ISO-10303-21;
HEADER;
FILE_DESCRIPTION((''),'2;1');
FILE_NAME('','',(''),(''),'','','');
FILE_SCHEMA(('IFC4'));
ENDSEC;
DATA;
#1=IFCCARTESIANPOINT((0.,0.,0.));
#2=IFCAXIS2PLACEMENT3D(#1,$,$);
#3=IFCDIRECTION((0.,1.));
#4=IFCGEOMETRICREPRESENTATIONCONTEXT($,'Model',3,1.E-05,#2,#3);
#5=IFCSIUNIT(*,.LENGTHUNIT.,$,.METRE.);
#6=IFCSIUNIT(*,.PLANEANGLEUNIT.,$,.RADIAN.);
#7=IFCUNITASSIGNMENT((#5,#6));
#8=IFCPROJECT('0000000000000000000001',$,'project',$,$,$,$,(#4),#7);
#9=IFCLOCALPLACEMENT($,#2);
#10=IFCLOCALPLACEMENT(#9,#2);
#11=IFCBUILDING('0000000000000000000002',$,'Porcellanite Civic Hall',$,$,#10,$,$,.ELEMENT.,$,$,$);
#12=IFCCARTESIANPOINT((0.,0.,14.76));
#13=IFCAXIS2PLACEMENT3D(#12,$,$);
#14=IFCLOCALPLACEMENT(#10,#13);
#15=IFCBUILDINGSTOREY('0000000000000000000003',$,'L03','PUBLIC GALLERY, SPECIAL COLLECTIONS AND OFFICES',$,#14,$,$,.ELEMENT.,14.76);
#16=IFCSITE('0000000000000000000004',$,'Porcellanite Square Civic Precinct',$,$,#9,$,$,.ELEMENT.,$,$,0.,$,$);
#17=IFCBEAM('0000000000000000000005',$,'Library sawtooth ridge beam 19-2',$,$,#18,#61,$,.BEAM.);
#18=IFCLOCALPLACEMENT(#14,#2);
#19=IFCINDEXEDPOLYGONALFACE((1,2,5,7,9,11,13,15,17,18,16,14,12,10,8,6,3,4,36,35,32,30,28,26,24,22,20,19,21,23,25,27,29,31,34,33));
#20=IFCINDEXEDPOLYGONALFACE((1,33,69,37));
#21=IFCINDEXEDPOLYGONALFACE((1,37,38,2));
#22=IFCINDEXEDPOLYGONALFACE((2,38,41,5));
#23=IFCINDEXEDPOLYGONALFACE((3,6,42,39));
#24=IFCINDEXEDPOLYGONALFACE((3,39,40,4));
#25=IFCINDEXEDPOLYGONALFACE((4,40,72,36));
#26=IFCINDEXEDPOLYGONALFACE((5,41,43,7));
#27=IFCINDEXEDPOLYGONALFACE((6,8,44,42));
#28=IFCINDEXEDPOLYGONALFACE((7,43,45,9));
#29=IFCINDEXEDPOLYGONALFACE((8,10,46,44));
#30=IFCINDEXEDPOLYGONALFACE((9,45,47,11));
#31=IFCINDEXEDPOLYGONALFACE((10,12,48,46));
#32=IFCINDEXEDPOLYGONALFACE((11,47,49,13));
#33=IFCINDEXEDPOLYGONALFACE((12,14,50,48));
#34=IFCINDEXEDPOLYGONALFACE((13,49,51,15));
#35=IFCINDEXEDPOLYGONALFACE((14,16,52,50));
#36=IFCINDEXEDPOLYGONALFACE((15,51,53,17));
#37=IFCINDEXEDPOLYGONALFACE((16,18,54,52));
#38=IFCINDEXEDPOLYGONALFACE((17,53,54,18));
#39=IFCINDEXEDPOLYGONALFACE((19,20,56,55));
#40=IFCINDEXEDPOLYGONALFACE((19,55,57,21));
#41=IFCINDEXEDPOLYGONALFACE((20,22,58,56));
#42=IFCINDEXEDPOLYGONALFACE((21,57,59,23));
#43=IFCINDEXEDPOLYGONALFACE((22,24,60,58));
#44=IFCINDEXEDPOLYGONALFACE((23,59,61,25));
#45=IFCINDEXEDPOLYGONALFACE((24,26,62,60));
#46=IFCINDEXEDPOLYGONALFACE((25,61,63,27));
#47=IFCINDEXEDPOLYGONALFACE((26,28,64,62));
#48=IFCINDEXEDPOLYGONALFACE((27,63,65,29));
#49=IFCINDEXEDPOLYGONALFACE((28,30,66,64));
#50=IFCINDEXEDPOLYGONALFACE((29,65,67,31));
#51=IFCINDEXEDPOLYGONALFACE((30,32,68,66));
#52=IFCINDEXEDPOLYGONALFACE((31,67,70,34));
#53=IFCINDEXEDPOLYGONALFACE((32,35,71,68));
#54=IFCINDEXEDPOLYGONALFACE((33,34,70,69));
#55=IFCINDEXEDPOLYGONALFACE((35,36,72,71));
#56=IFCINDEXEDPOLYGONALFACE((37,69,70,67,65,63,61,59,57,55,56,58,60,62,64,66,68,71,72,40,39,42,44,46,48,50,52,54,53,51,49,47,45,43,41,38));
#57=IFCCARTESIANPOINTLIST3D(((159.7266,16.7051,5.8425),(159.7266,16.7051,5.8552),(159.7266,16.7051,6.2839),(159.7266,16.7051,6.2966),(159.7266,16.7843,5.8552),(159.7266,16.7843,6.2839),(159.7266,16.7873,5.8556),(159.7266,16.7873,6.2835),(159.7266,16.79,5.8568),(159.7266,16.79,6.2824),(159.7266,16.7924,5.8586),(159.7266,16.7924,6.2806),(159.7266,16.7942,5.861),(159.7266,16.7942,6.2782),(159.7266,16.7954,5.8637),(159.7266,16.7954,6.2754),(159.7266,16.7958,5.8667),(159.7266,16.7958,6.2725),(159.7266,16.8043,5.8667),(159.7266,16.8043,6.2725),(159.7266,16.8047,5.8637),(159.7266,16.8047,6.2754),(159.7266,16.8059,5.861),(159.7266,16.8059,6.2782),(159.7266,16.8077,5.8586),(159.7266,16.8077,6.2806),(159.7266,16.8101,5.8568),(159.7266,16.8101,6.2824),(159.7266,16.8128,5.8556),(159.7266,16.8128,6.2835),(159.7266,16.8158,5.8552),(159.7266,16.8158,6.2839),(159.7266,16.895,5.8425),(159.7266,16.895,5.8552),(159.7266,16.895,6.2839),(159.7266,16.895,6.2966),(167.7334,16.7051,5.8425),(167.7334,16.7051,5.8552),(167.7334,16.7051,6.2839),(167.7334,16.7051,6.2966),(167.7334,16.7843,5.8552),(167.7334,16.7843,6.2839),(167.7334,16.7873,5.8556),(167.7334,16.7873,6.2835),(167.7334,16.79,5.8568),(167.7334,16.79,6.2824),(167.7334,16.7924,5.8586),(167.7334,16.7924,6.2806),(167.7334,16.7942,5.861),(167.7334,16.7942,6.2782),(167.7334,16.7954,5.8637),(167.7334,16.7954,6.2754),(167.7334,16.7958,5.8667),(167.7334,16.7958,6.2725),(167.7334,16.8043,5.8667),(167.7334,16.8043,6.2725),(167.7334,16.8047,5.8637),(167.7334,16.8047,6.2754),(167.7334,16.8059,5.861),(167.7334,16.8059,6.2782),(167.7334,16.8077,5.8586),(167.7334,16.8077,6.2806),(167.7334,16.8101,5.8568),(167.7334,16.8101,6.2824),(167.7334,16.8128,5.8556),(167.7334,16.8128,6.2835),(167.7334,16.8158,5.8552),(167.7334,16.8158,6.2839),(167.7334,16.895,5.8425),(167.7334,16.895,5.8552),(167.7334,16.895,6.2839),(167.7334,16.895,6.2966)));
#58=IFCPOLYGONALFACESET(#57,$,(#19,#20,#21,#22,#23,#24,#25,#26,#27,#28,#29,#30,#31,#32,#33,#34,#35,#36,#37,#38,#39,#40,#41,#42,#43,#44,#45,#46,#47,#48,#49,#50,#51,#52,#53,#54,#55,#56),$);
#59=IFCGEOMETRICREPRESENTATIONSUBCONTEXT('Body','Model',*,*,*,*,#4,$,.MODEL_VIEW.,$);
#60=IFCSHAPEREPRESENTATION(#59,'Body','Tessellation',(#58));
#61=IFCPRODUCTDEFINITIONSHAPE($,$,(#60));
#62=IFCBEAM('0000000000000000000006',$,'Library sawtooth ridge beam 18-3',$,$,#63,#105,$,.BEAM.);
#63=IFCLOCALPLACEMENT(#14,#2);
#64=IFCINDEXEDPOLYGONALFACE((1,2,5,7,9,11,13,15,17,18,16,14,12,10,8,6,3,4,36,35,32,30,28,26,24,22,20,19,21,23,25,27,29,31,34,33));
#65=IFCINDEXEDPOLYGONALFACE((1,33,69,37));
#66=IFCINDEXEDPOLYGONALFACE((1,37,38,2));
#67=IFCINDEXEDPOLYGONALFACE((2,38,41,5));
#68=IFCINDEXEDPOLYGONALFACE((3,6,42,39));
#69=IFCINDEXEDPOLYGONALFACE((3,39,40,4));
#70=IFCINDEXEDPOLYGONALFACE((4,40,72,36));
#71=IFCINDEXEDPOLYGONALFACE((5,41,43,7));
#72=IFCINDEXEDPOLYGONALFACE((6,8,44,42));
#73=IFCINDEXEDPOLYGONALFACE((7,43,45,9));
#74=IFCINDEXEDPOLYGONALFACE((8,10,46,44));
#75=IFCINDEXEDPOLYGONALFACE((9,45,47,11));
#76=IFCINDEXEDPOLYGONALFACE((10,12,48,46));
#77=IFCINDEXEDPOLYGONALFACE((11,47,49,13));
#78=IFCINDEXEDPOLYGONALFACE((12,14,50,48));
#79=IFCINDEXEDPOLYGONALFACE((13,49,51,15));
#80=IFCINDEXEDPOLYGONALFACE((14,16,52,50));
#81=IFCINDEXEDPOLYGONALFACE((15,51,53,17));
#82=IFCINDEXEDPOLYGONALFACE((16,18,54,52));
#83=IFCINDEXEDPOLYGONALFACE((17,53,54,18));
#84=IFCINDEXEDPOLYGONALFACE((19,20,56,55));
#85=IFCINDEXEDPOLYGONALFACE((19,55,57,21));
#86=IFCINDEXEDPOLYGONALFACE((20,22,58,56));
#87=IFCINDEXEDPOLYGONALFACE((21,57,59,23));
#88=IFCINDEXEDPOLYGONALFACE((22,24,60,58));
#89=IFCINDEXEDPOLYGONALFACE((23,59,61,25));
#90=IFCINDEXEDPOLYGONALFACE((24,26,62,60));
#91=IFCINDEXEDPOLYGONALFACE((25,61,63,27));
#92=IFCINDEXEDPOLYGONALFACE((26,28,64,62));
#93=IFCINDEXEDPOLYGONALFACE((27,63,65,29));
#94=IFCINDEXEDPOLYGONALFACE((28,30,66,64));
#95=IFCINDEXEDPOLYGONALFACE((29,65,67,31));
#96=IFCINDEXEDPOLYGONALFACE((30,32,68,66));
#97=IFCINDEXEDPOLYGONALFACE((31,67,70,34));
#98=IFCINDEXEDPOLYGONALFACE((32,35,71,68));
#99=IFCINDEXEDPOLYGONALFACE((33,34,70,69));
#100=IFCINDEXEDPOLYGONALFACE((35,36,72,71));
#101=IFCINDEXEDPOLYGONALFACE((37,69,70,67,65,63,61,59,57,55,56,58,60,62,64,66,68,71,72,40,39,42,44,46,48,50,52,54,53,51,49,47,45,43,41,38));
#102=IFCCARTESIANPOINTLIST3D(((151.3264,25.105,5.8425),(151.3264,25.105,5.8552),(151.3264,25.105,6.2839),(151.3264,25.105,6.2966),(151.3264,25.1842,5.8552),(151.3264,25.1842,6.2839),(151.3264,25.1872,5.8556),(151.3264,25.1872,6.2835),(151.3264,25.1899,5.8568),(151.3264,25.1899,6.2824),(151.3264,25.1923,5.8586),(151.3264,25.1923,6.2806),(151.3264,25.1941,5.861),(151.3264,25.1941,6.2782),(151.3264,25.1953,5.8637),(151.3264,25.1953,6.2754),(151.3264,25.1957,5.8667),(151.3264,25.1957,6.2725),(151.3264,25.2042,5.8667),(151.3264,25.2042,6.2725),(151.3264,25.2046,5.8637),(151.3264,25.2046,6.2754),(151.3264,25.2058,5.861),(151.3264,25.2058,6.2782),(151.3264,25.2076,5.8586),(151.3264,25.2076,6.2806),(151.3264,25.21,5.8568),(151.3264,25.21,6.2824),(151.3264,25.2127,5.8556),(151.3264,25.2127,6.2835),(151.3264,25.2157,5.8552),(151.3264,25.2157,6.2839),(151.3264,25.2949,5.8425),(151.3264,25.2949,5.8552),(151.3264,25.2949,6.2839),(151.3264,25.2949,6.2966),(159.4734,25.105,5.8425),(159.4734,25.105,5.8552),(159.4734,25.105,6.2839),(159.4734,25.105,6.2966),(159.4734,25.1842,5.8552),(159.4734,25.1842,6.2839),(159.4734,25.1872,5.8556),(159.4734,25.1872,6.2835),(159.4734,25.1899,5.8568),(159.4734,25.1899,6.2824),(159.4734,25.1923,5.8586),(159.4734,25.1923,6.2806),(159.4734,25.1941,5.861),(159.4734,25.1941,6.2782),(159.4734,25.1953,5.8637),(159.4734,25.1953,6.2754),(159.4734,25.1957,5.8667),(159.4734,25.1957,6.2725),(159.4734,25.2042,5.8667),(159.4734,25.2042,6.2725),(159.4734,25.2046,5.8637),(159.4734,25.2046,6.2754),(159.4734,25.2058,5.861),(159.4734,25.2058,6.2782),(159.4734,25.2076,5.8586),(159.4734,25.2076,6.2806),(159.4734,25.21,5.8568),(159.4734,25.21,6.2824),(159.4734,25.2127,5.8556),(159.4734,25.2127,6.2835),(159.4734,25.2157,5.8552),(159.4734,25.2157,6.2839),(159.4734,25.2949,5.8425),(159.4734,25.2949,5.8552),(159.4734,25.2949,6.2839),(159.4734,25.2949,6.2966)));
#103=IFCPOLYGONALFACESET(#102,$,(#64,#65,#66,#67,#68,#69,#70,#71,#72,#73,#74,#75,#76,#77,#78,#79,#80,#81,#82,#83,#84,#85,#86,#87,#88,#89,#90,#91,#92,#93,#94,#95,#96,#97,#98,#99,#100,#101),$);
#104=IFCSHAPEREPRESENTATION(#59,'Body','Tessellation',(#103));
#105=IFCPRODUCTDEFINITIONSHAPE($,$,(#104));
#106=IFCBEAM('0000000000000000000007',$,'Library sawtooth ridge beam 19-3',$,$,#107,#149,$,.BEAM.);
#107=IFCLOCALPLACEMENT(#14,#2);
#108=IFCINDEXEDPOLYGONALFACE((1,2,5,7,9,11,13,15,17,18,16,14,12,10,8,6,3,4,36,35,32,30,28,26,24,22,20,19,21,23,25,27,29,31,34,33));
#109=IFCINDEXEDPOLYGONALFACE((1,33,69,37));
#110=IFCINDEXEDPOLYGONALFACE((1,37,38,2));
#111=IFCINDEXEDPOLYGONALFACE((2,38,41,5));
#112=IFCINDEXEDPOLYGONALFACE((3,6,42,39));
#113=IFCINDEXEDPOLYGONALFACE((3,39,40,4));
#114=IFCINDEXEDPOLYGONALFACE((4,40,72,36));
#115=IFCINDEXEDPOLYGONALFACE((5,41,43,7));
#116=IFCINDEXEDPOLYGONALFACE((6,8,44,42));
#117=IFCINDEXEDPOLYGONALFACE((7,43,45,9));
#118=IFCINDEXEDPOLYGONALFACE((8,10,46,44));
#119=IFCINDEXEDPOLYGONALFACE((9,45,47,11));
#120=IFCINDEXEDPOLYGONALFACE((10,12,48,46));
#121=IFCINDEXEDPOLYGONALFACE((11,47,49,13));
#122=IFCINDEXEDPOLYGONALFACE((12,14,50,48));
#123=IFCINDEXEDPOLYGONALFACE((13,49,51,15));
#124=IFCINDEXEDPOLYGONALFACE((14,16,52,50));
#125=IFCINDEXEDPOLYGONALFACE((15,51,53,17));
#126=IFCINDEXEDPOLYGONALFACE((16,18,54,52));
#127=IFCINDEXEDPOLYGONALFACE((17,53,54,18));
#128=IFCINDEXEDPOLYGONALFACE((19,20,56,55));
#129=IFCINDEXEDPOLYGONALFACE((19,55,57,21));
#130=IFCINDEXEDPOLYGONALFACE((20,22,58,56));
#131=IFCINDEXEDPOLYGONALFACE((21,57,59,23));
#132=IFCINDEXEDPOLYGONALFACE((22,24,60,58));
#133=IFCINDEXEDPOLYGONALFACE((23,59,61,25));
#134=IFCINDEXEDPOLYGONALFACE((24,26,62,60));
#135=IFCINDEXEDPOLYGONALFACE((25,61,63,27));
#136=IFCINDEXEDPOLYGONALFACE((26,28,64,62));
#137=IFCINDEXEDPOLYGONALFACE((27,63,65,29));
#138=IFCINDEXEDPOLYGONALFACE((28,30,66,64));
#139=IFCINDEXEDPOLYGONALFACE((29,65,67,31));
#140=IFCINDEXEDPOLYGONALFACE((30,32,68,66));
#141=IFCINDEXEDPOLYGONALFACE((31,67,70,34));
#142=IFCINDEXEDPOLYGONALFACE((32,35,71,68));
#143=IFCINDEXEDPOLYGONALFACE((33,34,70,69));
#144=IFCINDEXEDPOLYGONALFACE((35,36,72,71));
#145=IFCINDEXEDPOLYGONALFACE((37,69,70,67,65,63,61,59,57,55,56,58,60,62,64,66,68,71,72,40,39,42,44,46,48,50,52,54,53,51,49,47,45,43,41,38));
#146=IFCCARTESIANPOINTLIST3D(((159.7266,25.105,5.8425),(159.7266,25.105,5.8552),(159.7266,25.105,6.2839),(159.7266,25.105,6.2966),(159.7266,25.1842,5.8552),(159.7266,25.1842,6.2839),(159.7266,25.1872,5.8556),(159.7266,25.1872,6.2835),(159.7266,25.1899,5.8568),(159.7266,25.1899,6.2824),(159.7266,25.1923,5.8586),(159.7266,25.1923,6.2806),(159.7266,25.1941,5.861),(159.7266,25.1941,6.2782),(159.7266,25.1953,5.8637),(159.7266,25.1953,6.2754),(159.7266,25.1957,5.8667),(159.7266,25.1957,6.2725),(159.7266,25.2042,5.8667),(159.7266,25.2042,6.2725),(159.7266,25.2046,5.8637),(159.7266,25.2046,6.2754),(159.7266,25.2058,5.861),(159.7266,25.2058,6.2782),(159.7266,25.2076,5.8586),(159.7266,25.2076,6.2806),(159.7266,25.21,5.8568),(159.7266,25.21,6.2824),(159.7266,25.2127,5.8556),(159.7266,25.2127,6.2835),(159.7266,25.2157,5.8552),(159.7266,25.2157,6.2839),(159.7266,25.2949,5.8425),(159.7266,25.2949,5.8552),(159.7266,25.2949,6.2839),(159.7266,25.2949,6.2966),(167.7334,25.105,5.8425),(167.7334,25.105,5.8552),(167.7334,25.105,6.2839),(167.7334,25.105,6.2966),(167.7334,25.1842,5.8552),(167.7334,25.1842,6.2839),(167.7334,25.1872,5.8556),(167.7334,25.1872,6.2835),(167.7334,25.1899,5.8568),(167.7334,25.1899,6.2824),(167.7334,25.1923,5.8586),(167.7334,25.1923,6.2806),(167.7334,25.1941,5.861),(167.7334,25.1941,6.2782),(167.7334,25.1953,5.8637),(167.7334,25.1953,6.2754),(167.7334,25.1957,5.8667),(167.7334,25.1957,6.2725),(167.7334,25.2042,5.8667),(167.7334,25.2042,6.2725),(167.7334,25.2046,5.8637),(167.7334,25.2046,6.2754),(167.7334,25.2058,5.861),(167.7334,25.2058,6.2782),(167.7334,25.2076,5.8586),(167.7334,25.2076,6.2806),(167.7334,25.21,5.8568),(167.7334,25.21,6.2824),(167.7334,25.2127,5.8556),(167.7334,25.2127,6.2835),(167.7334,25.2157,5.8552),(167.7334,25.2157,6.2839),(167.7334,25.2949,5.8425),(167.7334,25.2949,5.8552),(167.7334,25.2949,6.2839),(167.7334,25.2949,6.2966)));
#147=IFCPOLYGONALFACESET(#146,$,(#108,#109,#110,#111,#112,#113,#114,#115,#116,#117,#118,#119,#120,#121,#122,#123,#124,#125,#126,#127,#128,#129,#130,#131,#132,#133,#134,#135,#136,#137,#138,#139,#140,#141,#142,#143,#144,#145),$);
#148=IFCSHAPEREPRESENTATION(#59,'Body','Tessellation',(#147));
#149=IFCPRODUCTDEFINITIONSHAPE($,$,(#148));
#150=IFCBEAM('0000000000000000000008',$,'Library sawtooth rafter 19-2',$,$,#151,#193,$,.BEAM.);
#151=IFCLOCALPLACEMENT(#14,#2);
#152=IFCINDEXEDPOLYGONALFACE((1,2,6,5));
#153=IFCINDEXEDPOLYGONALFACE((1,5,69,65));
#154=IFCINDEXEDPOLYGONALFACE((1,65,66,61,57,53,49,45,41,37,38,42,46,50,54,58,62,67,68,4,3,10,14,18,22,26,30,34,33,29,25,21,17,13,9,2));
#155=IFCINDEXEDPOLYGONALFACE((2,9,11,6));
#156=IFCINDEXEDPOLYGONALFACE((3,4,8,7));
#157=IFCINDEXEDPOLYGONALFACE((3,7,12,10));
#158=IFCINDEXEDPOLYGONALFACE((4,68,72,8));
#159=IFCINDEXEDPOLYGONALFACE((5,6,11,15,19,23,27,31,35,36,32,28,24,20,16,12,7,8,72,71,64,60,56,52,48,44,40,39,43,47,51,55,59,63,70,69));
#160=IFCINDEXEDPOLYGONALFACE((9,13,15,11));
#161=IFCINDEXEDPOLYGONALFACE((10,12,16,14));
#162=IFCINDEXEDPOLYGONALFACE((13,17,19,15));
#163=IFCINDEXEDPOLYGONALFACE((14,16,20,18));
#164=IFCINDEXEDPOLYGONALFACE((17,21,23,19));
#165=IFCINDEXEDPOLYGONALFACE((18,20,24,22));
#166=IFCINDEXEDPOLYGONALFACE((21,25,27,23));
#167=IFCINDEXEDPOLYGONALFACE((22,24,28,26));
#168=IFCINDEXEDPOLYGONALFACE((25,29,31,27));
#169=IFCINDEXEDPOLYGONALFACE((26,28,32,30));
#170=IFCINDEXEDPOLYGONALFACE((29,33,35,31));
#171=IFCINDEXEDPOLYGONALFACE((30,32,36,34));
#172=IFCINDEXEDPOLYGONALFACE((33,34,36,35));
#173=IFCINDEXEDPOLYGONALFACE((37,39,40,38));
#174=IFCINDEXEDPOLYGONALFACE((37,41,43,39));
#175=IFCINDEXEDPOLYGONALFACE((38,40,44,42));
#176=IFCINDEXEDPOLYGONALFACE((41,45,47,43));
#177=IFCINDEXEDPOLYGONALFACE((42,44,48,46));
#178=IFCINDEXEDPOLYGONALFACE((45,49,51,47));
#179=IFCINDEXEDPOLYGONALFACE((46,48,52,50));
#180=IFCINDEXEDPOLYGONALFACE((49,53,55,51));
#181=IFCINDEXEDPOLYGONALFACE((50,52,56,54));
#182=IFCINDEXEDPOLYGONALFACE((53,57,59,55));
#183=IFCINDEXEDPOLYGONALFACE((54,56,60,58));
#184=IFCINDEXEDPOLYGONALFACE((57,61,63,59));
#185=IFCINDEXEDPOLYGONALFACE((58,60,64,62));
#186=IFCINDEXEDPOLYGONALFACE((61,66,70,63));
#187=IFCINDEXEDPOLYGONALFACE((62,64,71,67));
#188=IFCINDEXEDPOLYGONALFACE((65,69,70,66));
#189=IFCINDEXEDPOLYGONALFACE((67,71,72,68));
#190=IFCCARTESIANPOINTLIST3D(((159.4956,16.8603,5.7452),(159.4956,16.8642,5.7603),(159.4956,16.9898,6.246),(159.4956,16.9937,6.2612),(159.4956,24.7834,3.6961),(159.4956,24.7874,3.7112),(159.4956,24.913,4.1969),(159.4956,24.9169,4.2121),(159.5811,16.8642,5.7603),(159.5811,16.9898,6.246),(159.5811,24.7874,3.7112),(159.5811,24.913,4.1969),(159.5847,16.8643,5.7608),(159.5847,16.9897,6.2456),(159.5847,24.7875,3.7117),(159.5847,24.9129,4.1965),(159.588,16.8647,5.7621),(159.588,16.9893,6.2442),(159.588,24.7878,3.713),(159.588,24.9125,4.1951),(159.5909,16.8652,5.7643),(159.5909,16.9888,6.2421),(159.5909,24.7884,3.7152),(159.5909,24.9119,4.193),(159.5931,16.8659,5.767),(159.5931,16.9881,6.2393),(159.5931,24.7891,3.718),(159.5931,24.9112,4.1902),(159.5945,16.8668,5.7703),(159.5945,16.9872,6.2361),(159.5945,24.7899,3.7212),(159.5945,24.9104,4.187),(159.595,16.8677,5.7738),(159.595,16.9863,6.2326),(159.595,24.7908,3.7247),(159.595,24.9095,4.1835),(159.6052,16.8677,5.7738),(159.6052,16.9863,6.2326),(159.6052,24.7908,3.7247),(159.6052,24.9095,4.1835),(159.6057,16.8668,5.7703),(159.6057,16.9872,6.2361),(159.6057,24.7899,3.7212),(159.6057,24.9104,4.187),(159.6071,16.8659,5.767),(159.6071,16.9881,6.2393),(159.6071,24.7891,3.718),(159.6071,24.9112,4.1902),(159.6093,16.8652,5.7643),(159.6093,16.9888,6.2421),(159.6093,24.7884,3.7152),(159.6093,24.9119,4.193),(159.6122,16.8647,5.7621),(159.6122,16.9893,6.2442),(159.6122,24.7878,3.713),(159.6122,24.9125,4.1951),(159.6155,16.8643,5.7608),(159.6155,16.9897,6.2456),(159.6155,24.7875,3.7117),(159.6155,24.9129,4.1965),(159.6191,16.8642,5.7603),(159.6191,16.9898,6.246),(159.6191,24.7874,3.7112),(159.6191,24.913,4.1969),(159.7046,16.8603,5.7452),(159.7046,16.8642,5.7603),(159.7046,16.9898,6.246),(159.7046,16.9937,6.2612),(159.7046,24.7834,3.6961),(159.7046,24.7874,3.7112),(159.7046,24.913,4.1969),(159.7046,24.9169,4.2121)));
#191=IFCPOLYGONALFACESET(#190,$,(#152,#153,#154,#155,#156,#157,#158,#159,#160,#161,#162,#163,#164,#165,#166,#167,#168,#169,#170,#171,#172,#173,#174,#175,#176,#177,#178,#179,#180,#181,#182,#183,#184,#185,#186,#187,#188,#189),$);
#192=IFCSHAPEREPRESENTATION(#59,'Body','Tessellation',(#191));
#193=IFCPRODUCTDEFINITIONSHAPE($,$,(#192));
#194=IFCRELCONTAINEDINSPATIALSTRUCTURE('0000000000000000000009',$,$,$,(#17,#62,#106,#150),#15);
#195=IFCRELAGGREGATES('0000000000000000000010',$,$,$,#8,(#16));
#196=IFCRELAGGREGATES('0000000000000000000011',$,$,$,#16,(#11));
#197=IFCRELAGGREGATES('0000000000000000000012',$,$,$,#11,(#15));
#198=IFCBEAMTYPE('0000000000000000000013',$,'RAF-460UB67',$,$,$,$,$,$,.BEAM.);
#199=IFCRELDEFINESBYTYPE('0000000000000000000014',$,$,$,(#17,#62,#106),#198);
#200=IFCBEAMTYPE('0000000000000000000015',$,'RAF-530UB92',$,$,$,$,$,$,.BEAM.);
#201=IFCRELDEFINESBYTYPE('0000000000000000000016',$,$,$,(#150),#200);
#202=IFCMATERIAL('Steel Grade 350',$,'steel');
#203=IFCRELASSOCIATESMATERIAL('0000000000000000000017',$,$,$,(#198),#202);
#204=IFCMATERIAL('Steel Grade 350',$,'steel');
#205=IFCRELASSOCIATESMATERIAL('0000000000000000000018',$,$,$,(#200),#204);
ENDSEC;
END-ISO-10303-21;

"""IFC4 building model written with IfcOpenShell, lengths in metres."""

from ifc_helpers import new_model, si_unit, direction, frame, origin, origin_2d, place, context, subcontext, project, spatial, i_section, extrude, material, material_profile, profile_set, type_object, element, save


model = new_model("IFC4")

# Units and contexts
model_context = context("Model", 3, precision=1e-05, world=origin(), true_north=direction((0.0, 1.0)))
body_context = subcontext(model_context, "Body", "Model", "MODEL_VIEW")
ifc_project = project(units=[si_unit("LENGTHUNIT", "METRE"), si_unit("PLANEANGLEUNIT", "RADIAN")], contexts=[model_context])

# Site, building, storey
site_placement = place(None, origin())
site = spatial("IfcSite", under=ifc_project, at=site_placement, Name="Porcellanite Square Civic Precinct", CompositionType="ELEMENT", RefElevation=0.0)
building_placement = place(site_placement, origin())
building = spatial("IfcBuilding", under=site, at=building_placement, Name="Porcellanite Civic Hall", CompositionType="ELEMENT")
storey_placement = place(building_placement, frame((0.0, 0.0, 14.76)))
storey = spatial("IfcBuildingStorey", under=building, at=storey_placement, Name="L03", Description="PUBLIC GALLERY, SPECIAL COLLECTIONS AND OFFICES", CompositionType="ELEMENT", Elevation=14.76)

# Beams
ifc_material_1 = material(Name="Steel Grade 350", Category="steel")
ifc_material_profile_1 = material_profile(ifc_material_1, i_section(OverallWidth=0.1899, OverallDepth=0.4541, WebThickness=0.0085, FlangeThickness=0.0127, FilletRadius=0.0115, at=origin_2d()), Name="460UB67.1")
ifc_profile_set_1 = profile_set([ifc_material_profile_1], Name="Steel Grade 350")
beam_type_1 = type_object("IfcBeamType", Name="RAF-460UB67", PredefinedType="BEAM", material=ifc_profile_set_1)
beam_1_placement = place(storey_placement, frame((159.7266, 16.8, 6.0696), z_axis=(1.0, 0.0, 0.0), x_axis=(0.0, 1.0, 0.0)))
element("IfcBeam", 1, at=beam_1_placement, inside=storey, type_object=beam_type_1, Name="Library sawtooth ridge beam 19-2", PredefinedType="BEAM", context=body_context, shape_type="SweptSolid", body=[
    extrude(i_section(OverallWidth=0.1899, OverallDepth=0.4541, WebThickness=0.0085, FlangeThickness=0.0127, FilletRadius=0.0115, at=origin_2d()), origin(), (0.0, 0.0, 1.0), 8.0068),
])
beam_2_placement = place(storey_placement, frame((151.3264, 25.2, 6.0696), z_axis=(1.0, 0.0, 0.0), x_axis=(0.0, 1.0, 0.0)))
element("IfcBeam", 2, at=beam_2_placement, inside=storey, type_object=beam_type_1, Name="Library sawtooth ridge beam 18-3", PredefinedType="BEAM", context=body_context, shape_type="SweptSolid", body=[
    extrude(i_section(OverallWidth=0.1899, OverallDepth=0.4541, WebThickness=0.0085, FlangeThickness=0.0127, FilletRadius=0.0115, at=origin_2d()), origin(), (0.0, 0.0, 1.0), 8.147),
])
beam_3_placement = place(storey_placement, frame((159.7266, 25.2, 6.0696), z_axis=(1.0, 0.0, 0.0), x_axis=(0.0, 1.0, 0.0)))
element("IfcBeam", 3, at=beam_3_placement, inside=storey, type_object=beam_type_1, Name="Library sawtooth ridge beam 19-3", PredefinedType="BEAM", context=body_context, shape_type="SweptSolid", body=[
    extrude(i_section(OverallWidth=0.1899, OverallDepth=0.4541, WebThickness=0.0085, FlangeThickness=0.0127, FilletRadius=0.0115, at=origin_2d()), origin(), (0.0, 0.0, 1.0), 8.0068),
])
ifc_material_2 = material(Name="Steel Grade 350", Category="steel")
ifc_material_profile_2 = material_profile(ifc_material_2, i_section(OverallWidth=0.209, OverallDepth=0.533, WebThickness=0.0103, FlangeThickness=0.0156, FilletRadius=0.0139, at=origin_2d()), Name="530UB92.4")
ifc_profile_set_2 = profile_set([ifc_material_profile_2], Name="Steel Grade 350")
beam_type_2 = type_object("IfcBeamType", Name="RAF-530UB92", PredefinedType="BEAM", material=ifc_profile_set_2)
for number, where, z_axis, x_axis, name in (
    (4, (159.6001, 16.927, 6.0032), (0.0, 0.968147, -0.250382), (-1.0, 0.0, 0.0), "Library sawtooth rafter 19-2"),
):
    element("IfcBeam", number, at=place(storey_placement, frame(where, z_axis=z_axis, x_axis=x_axis)), inside=storey, type_object=beam_type_2, Name=name, PredefinedType="BEAM", context=body_context, shape_type="SweptSolid", body=[
        extrude(i_section(OverallWidth=0.209, OverallDepth=0.533, WebThickness=0.0103, FlangeThickness=0.0156, FilletRadius=0.0139, at=origin_2d()), origin(), (0.0, 0.0, 1.0), 8.1838),
    ])

save(model, "model.ifc")
